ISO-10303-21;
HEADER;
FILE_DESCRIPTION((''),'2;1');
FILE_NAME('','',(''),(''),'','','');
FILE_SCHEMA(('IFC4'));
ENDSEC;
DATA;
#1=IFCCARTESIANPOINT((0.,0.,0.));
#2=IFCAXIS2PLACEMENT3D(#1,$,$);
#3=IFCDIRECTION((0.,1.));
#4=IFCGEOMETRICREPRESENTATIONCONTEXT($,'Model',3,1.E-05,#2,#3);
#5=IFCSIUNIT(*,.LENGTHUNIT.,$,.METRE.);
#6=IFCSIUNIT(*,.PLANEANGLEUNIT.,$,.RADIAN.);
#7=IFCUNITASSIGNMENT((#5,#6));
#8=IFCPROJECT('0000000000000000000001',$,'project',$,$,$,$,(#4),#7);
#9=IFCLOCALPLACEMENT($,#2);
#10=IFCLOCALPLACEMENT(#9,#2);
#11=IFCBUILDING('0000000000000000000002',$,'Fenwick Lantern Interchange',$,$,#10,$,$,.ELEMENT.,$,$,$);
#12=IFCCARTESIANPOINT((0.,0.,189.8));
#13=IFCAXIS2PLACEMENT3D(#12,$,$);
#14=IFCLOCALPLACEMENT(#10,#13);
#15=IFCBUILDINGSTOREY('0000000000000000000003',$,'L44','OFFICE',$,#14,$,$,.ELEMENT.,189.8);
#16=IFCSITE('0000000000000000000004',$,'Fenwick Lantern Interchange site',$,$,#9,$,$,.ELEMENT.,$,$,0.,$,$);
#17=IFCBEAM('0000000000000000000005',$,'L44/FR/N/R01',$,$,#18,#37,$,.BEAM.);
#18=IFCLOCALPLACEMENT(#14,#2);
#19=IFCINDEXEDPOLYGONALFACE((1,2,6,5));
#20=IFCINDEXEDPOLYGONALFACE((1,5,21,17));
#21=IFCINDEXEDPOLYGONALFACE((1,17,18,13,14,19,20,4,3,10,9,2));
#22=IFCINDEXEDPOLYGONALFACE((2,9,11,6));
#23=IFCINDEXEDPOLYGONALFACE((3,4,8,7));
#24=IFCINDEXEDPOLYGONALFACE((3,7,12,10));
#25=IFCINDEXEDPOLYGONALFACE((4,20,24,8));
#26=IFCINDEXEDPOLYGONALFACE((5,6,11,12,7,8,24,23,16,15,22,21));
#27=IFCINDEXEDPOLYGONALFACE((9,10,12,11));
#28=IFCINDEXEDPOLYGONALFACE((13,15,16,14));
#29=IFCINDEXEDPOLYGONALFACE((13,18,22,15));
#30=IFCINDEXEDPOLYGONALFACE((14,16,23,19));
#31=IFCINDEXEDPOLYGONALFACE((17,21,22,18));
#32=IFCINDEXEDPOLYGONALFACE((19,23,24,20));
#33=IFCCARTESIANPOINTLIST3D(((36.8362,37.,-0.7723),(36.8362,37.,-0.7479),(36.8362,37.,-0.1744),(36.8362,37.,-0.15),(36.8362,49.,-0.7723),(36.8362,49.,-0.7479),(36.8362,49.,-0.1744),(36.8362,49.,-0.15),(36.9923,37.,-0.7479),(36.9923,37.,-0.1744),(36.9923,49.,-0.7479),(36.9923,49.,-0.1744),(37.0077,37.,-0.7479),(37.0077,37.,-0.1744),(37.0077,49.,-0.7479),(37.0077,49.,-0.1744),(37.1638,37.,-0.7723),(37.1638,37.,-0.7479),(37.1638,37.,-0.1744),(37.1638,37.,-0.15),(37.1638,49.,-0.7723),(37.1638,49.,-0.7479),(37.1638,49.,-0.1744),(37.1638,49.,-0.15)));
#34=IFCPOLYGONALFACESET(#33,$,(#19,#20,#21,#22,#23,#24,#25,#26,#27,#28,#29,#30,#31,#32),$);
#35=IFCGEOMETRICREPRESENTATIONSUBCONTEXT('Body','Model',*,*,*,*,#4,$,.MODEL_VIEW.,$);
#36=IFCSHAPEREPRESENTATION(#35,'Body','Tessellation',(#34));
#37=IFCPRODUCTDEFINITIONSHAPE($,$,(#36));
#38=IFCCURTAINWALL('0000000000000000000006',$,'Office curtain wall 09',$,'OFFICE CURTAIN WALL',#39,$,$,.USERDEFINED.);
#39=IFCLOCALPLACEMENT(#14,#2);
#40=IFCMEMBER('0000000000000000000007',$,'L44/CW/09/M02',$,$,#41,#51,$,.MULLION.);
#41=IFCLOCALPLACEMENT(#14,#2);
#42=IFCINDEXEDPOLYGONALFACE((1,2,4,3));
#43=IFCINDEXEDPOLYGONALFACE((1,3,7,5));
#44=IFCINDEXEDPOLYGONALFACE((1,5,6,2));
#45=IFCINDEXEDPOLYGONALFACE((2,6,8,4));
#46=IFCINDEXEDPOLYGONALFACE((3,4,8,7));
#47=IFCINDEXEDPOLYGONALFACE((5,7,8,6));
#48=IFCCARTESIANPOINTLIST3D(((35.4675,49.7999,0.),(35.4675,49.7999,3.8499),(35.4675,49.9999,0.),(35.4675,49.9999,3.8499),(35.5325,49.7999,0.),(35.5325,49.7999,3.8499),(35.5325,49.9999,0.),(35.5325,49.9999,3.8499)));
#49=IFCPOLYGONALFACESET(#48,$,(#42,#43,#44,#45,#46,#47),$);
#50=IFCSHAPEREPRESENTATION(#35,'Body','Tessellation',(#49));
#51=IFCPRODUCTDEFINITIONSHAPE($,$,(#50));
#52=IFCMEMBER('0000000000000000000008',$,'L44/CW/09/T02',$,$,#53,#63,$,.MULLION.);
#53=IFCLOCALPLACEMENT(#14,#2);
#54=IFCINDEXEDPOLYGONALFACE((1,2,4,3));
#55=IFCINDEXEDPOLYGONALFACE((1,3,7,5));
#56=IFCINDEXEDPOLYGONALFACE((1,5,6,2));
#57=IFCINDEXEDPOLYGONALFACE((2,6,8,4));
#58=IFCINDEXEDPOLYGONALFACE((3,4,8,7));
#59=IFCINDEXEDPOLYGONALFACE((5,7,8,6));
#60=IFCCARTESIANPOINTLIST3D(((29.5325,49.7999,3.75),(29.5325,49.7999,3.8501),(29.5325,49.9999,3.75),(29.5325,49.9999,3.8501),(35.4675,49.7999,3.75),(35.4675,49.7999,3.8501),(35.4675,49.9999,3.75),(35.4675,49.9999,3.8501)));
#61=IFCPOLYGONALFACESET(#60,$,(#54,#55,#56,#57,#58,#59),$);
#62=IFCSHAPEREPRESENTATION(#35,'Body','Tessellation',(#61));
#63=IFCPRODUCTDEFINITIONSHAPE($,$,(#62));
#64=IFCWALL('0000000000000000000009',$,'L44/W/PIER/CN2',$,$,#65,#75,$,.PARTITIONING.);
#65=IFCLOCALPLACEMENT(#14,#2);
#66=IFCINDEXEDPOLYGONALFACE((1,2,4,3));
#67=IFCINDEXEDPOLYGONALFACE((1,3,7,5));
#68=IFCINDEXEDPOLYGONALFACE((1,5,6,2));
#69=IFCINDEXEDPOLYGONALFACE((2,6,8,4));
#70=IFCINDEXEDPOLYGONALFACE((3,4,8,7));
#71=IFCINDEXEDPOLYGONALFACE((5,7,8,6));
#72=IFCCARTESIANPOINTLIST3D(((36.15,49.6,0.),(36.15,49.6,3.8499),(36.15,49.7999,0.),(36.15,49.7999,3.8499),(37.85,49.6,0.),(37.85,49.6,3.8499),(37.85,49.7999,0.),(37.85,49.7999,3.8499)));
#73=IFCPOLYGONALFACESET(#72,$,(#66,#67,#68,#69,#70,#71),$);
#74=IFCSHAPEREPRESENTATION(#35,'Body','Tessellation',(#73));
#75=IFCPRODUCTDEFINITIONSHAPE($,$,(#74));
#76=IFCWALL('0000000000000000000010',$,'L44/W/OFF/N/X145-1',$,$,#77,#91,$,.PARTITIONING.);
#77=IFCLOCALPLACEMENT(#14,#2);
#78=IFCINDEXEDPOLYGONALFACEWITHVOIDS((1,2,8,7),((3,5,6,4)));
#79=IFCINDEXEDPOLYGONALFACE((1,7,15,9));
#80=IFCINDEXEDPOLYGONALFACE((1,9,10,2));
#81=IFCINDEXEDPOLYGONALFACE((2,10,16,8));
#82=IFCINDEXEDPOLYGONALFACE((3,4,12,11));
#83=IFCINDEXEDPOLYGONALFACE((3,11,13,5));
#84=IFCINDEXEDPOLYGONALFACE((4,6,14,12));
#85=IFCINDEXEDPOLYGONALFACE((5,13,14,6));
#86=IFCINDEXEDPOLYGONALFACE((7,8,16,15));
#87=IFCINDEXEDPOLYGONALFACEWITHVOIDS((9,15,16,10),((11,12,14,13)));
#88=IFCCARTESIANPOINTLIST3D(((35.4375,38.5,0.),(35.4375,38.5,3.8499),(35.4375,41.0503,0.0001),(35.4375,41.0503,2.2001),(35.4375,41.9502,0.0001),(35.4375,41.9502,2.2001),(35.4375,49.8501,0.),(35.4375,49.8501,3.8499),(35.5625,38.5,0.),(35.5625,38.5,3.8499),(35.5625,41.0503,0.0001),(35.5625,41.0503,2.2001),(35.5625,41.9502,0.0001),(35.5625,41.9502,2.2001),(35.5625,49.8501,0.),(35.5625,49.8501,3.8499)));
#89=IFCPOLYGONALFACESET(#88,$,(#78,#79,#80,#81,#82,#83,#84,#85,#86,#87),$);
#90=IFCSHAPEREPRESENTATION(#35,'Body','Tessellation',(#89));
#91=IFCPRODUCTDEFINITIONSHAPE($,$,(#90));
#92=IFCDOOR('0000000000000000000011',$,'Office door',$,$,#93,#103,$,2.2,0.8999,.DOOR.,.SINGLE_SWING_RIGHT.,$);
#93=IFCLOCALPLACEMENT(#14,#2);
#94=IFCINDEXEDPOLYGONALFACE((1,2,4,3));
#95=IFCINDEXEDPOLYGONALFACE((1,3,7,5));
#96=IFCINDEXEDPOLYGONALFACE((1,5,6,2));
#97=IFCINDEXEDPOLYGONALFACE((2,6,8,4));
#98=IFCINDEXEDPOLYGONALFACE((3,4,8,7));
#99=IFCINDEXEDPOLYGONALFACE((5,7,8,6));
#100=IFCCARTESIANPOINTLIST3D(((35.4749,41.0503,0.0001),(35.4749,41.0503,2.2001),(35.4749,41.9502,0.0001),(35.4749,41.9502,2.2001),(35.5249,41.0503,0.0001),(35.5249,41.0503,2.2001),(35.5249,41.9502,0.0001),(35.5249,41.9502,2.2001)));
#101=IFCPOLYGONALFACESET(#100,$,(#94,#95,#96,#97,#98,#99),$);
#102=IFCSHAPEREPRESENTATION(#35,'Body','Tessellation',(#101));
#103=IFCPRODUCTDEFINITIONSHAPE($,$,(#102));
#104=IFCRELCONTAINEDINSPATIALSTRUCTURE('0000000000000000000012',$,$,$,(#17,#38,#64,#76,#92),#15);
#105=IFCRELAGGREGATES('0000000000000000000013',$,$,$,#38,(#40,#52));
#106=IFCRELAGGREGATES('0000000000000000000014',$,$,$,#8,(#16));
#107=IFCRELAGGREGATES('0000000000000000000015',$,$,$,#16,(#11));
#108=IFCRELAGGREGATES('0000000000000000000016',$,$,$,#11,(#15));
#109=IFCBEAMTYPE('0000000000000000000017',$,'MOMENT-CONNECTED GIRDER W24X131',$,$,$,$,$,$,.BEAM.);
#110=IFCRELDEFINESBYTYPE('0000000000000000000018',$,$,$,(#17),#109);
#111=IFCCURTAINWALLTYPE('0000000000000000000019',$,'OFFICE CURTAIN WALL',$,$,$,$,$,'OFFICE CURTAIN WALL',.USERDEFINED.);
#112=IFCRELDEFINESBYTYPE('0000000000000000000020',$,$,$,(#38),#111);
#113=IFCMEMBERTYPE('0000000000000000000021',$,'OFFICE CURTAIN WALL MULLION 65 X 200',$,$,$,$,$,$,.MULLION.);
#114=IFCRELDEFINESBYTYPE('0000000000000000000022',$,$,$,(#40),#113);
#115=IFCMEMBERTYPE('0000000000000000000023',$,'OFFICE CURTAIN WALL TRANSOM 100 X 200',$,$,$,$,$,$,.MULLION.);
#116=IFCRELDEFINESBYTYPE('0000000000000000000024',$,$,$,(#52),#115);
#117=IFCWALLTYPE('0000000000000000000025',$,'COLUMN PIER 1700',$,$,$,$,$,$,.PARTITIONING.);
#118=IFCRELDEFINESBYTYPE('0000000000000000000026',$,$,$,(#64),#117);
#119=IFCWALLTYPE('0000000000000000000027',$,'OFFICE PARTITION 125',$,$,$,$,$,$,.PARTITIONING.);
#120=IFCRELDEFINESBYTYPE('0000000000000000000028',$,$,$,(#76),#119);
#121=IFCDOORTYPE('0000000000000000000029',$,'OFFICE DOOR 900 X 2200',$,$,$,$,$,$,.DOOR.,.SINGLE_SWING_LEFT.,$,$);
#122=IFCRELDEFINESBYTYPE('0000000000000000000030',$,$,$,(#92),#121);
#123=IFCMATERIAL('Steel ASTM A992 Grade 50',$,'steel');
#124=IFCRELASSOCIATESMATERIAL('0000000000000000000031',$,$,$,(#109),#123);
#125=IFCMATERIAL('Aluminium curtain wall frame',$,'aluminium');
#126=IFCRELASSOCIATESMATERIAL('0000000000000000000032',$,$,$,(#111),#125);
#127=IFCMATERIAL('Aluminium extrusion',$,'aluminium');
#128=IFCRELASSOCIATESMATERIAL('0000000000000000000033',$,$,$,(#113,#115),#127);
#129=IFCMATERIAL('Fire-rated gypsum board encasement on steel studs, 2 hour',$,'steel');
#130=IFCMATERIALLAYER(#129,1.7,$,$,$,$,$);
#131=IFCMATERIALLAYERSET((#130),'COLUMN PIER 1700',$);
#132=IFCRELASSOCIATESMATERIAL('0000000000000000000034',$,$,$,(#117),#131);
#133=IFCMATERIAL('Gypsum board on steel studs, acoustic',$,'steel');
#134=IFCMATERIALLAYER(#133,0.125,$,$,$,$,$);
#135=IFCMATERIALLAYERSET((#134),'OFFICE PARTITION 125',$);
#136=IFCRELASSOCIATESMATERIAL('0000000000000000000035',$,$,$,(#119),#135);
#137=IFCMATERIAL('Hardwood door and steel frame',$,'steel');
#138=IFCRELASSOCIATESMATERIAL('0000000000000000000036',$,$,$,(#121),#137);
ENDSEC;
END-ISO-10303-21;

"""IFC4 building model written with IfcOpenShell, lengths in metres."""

from ifc_helpers import new_model, si_unit, direction, frame, frame_2d, origin, origin_2d, place, context, subcontext, project, spatial, rectangle, i_section, extrude, material, layer, layer_set, material_profile, profile_set, type_object, element, fill, aggregate, save


model = new_model("IFC4")

# Units and contexts
model_context = context("Model", 3, precision=1e-05, world=origin(), true_north=direction((0.0, 1.0)))
body_context = subcontext(model_context, "Body", "Model", "MODEL_VIEW")
ifc_project = project(units=[si_unit("LENGTHUNIT", "METRE"), si_unit("PLANEANGLEUNIT", "RADIAN")], contexts=[model_context])

# Site, building, storey
site_placement = place(None, origin())
site = spatial("IfcSite", under=ifc_project, at=site_placement, Name="Fenwick Lantern Interchange site", CompositionType="ELEMENT", RefElevation=0.0)
building_placement = place(site_placement, origin())
building = spatial("IfcBuilding", under=site, at=building_placement, Name="Fenwick Lantern Interchange", CompositionType="ELEMENT")
storey_placement = place(building_placement, frame((0.0, 0.0, 189.8)))
storey = spatial("IfcBuildingStorey", under=building, at=storey_placement, Name="L44", Description="OFFICE", CompositionType="ELEMENT", Elevation=189.8)

# Beam
ifc_material_1 = material(Name="Steel ASTM A992 Grade 50", Category="steel")
ifc_material_profile_1 = material_profile(ifc_material_1, i_section(OverallWidth=0.3276, OverallDepth=0.6223, WebThickness=0.0154, FlangeThickness=0.0244, at=origin_2d()), Name="W24X131")
ifc_profile_set_1 = profile_set([ifc_material_profile_1], Name="Steel ASTM A992 Grade 50")
beam_type_1 = type_object("IfcBeamType", Name="MOMENT-CONNECTED GIRDER W24X131", PredefinedType="BEAM", material=ifc_profile_set_1)
beam_1_placement = place(storey_placement, frame((37.0, 49.0, -0.4612), z_axis=(0.0, -1.0, 0.0), x_axis=(1.0, 0.0, 0.0)))
element("IfcBeam", 1, at=beam_1_placement, inside=storey, type_object=beam_type_1, Name="L44/FR/N/R01", PredefinedType="BEAM", context=body_context, shape_type="SweptSolid", body=[
    extrude(i_section(OverallWidth=0.3276, OverallDepth=0.6223, WebThickness=0.0154, FlangeThickness=0.0244, at=origin_2d()), origin(), (0.0, 0.0, 1.0), 12.0),
])

# Curtain wall, members
ifc_material_2 = material(Name="Aluminium curtain wall frame", Category="aluminium")
curtain_wall_type = type_object("IfcCurtainWallType", Name="OFFICE CURTAIN WALL", ElementType="OFFICE CURTAIN WALL", PredefinedType="USERDEFINED", material=ifc_material_2)
curtain_wall_placement = place(storey_placement, origin())
curtain_wall = element("IfcCurtainWall", 2, at=curtain_wall_placement, inside=storey, type_object=curtain_wall_type, Name="Office curtain wall 09", ObjectType="OFFICE CURTAIN WALL", PredefinedType="USERDEFINED")
ifc_material_3 = material(Name="Aluminium extrusion", Category="aluminium")
ifc_material_profile_2 = material_profile(ifc_material_3, rectangle(XDim=0.2, YDim=0.0649, at=origin_2d()), Name="OFFICE CURTAIN WALL MULLION 65 X 200")
ifc_profile_set_2 = profile_set([ifc_material_profile_2], Name="Aluminium extrusion")
member_type_1 = type_object("IfcMemberType", Name="OFFICE CURTAIN WALL MULLION 65 X 200", PredefinedType="MULLION", material=ifc_profile_set_2)
member_1_placement = place(storey_placement, frame((35.5, 49.8999, 0.0), z_axis=(0.0, 0.0, 1.0), x_axis=(0.0, -1.0, 0.0)))
member_1 = element("IfcMember", 3, at=member_1_placement, type_object=member_type_1, Name="L44/CW/09/M02", PredefinedType="MULLION", context=body_context, shape_type="SweptSolid", body=[
    extrude(rectangle(XDim=0.2, YDim=0.0649, at=origin_2d()), origin(), (0.0, 0.0, 1.0), 3.8499),
])
ifc_material_profile_3 = material_profile(ifc_material_3, rectangle(XDim=0.2, YDim=0.1001, at=origin_2d()), Name="OFFICE CURTAIN WALL TRANSOM 100 X 200")
ifc_profile_set_3 = profile_set([ifc_material_profile_3], Name="Aluminium extrusion")
member_type_2 = type_object("IfcMemberType", Name="OFFICE CURTAIN WALL TRANSOM 100 X 200", PredefinedType="MULLION", material=ifc_profile_set_3)
member_2_placement = place(storey_placement, frame((35.4675, 49.8999, 3.8), z_axis=(-1.0, 0.0, 0.0), x_axis=(0.0, -1.0, 0.0)))
member_2 = element("IfcMember", 4, at=member_2_placement, type_object=member_type_2, Name="L44/CW/09/T02", PredefinedType="MULLION", context=body_context, shape_type="SweptSolid", body=[
    extrude(rectangle(XDim=0.2, YDim=0.1001, at=origin_2d()), origin(), (0.0, 0.0, 1.0), 5.9351),
])
aggregate(curtain_wall, [member_1, member_2])

# Wall
ifc_material_4 = material(Name="Fire-rated gypsum board encasement on steel studs, 2 hour", Category="steel")
ifc_layer_1 = layer(ifc_material_4, 1.7)
ifc_layer_set_1 = layer_set([ifc_layer_1], Name="COLUMN PIER 1700")
wall_type_1 = type_object("IfcWallType", Name="COLUMN PIER 1700", PredefinedType="PARTITIONING", material=ifc_layer_set_1)
wall_1_placement = place(storey_placement, frame((37.0, 49.8, 0.0), z_axis=(0.0, 0.0, 1.0), x_axis=(0.0, -1.0, 0.0)))
element("IfcWall", 5, at=wall_1_placement, inside=storey, type_object=wall_type_1, Name="L44/W/PIER/CN2", PredefinedType="PARTITIONING", context=body_context, shape_type="SweptSolid", body=[
    extrude(rectangle(XDim=0.2, YDim=1.7, at=frame_2d((0.1001, 0.0))), origin(), (0.0, 0.0, 1.0), 3.8499),
])

# Wall, opening, door
ifc_material_5 = material(Name="Gypsum board on steel studs, acoustic", Category="steel")
ifc_layer_2 = layer(ifc_material_5, 0.125)
ifc_layer_set_2 = layer_set([ifc_layer_2], Name="OFFICE PARTITION 125")
wall_type_2 = type_object("IfcWallType", Name="OFFICE PARTITION 125", PredefinedType="PARTITIONING", material=ifc_layer_set_2)
wall_2_placement = place(storey_placement, frame((35.5, 49.8501, 0.0), z_axis=(0.0, 0.0, 1.0), x_axis=(0.0, -1.0, 0.0)))
wall_2 = element("IfcWall", 6, at=wall_2_placement, inside=storey, type_object=wall_type_2, Name="L44/W/OFF/N/X145-1", PredefinedType="PARTITIONING", context=body_context, shape_type="SweptSolid", body=[
    extrude(rectangle(XDim=11.3501, YDim=0.125, at=frame_2d((5.675, 0.0))), origin(), (0.0, 0.0, 1.0), 3.8499),
])
opening_1_placement = place(wall_2_placement, frame((7.8999, 0.0, 0.0)))
opening_1 = element("IfcOpeningElement", 7, at=opening_1_placement, cuts=wall_2, PredefinedType="OPENING", context=body_context, shape_type="SweptSolid", body=[
    extrude(rectangle(XDim=0.8999, YDim=2.2, at=frame_2d((0.45, 1.1001))), frame((0.0, 0.0725, 0.0), z_axis=(0.0, -1.0, 0.0), x_axis=(1.0, 0.0, 0.0)), (0.0, 0.0, 1.0), 0.145),
])
ifc_material_6 = material(Name="Hardwood door and steel frame", Category="steel")
door_type = type_object("IfcDoorType", Name="OFFICE DOOR 900 X 2200", OperationType="SINGLE_SWING_LEFT", PredefinedType="DOOR", material=ifc_material_6)
door_1_placement = place(opening_1_placement, origin())
door_1 = element("IfcDoor", 8, at=door_1_placement, inside=storey, type_object=door_type, Name="Office door", OperationType="SINGLE_SWING_RIGHT", OverallHeight=2.2, OverallWidth=0.8999, PredefinedType="DOOR", context=body_context, shape_type="SweptSolid", body=[
    extrude(rectangle(XDim=0.8999, YDim=2.2, at=frame_2d((0.45, 1.1001))), frame((0.0, 0.0249, 0.0), z_axis=(0.0, -1.0, 0.0), x_axis=(1.0, 0.0, 0.0)), (0.0, 0.0, 1.0), 0.05),
])
fill(opening_1, door_1)

save(model, "model.ifc")
